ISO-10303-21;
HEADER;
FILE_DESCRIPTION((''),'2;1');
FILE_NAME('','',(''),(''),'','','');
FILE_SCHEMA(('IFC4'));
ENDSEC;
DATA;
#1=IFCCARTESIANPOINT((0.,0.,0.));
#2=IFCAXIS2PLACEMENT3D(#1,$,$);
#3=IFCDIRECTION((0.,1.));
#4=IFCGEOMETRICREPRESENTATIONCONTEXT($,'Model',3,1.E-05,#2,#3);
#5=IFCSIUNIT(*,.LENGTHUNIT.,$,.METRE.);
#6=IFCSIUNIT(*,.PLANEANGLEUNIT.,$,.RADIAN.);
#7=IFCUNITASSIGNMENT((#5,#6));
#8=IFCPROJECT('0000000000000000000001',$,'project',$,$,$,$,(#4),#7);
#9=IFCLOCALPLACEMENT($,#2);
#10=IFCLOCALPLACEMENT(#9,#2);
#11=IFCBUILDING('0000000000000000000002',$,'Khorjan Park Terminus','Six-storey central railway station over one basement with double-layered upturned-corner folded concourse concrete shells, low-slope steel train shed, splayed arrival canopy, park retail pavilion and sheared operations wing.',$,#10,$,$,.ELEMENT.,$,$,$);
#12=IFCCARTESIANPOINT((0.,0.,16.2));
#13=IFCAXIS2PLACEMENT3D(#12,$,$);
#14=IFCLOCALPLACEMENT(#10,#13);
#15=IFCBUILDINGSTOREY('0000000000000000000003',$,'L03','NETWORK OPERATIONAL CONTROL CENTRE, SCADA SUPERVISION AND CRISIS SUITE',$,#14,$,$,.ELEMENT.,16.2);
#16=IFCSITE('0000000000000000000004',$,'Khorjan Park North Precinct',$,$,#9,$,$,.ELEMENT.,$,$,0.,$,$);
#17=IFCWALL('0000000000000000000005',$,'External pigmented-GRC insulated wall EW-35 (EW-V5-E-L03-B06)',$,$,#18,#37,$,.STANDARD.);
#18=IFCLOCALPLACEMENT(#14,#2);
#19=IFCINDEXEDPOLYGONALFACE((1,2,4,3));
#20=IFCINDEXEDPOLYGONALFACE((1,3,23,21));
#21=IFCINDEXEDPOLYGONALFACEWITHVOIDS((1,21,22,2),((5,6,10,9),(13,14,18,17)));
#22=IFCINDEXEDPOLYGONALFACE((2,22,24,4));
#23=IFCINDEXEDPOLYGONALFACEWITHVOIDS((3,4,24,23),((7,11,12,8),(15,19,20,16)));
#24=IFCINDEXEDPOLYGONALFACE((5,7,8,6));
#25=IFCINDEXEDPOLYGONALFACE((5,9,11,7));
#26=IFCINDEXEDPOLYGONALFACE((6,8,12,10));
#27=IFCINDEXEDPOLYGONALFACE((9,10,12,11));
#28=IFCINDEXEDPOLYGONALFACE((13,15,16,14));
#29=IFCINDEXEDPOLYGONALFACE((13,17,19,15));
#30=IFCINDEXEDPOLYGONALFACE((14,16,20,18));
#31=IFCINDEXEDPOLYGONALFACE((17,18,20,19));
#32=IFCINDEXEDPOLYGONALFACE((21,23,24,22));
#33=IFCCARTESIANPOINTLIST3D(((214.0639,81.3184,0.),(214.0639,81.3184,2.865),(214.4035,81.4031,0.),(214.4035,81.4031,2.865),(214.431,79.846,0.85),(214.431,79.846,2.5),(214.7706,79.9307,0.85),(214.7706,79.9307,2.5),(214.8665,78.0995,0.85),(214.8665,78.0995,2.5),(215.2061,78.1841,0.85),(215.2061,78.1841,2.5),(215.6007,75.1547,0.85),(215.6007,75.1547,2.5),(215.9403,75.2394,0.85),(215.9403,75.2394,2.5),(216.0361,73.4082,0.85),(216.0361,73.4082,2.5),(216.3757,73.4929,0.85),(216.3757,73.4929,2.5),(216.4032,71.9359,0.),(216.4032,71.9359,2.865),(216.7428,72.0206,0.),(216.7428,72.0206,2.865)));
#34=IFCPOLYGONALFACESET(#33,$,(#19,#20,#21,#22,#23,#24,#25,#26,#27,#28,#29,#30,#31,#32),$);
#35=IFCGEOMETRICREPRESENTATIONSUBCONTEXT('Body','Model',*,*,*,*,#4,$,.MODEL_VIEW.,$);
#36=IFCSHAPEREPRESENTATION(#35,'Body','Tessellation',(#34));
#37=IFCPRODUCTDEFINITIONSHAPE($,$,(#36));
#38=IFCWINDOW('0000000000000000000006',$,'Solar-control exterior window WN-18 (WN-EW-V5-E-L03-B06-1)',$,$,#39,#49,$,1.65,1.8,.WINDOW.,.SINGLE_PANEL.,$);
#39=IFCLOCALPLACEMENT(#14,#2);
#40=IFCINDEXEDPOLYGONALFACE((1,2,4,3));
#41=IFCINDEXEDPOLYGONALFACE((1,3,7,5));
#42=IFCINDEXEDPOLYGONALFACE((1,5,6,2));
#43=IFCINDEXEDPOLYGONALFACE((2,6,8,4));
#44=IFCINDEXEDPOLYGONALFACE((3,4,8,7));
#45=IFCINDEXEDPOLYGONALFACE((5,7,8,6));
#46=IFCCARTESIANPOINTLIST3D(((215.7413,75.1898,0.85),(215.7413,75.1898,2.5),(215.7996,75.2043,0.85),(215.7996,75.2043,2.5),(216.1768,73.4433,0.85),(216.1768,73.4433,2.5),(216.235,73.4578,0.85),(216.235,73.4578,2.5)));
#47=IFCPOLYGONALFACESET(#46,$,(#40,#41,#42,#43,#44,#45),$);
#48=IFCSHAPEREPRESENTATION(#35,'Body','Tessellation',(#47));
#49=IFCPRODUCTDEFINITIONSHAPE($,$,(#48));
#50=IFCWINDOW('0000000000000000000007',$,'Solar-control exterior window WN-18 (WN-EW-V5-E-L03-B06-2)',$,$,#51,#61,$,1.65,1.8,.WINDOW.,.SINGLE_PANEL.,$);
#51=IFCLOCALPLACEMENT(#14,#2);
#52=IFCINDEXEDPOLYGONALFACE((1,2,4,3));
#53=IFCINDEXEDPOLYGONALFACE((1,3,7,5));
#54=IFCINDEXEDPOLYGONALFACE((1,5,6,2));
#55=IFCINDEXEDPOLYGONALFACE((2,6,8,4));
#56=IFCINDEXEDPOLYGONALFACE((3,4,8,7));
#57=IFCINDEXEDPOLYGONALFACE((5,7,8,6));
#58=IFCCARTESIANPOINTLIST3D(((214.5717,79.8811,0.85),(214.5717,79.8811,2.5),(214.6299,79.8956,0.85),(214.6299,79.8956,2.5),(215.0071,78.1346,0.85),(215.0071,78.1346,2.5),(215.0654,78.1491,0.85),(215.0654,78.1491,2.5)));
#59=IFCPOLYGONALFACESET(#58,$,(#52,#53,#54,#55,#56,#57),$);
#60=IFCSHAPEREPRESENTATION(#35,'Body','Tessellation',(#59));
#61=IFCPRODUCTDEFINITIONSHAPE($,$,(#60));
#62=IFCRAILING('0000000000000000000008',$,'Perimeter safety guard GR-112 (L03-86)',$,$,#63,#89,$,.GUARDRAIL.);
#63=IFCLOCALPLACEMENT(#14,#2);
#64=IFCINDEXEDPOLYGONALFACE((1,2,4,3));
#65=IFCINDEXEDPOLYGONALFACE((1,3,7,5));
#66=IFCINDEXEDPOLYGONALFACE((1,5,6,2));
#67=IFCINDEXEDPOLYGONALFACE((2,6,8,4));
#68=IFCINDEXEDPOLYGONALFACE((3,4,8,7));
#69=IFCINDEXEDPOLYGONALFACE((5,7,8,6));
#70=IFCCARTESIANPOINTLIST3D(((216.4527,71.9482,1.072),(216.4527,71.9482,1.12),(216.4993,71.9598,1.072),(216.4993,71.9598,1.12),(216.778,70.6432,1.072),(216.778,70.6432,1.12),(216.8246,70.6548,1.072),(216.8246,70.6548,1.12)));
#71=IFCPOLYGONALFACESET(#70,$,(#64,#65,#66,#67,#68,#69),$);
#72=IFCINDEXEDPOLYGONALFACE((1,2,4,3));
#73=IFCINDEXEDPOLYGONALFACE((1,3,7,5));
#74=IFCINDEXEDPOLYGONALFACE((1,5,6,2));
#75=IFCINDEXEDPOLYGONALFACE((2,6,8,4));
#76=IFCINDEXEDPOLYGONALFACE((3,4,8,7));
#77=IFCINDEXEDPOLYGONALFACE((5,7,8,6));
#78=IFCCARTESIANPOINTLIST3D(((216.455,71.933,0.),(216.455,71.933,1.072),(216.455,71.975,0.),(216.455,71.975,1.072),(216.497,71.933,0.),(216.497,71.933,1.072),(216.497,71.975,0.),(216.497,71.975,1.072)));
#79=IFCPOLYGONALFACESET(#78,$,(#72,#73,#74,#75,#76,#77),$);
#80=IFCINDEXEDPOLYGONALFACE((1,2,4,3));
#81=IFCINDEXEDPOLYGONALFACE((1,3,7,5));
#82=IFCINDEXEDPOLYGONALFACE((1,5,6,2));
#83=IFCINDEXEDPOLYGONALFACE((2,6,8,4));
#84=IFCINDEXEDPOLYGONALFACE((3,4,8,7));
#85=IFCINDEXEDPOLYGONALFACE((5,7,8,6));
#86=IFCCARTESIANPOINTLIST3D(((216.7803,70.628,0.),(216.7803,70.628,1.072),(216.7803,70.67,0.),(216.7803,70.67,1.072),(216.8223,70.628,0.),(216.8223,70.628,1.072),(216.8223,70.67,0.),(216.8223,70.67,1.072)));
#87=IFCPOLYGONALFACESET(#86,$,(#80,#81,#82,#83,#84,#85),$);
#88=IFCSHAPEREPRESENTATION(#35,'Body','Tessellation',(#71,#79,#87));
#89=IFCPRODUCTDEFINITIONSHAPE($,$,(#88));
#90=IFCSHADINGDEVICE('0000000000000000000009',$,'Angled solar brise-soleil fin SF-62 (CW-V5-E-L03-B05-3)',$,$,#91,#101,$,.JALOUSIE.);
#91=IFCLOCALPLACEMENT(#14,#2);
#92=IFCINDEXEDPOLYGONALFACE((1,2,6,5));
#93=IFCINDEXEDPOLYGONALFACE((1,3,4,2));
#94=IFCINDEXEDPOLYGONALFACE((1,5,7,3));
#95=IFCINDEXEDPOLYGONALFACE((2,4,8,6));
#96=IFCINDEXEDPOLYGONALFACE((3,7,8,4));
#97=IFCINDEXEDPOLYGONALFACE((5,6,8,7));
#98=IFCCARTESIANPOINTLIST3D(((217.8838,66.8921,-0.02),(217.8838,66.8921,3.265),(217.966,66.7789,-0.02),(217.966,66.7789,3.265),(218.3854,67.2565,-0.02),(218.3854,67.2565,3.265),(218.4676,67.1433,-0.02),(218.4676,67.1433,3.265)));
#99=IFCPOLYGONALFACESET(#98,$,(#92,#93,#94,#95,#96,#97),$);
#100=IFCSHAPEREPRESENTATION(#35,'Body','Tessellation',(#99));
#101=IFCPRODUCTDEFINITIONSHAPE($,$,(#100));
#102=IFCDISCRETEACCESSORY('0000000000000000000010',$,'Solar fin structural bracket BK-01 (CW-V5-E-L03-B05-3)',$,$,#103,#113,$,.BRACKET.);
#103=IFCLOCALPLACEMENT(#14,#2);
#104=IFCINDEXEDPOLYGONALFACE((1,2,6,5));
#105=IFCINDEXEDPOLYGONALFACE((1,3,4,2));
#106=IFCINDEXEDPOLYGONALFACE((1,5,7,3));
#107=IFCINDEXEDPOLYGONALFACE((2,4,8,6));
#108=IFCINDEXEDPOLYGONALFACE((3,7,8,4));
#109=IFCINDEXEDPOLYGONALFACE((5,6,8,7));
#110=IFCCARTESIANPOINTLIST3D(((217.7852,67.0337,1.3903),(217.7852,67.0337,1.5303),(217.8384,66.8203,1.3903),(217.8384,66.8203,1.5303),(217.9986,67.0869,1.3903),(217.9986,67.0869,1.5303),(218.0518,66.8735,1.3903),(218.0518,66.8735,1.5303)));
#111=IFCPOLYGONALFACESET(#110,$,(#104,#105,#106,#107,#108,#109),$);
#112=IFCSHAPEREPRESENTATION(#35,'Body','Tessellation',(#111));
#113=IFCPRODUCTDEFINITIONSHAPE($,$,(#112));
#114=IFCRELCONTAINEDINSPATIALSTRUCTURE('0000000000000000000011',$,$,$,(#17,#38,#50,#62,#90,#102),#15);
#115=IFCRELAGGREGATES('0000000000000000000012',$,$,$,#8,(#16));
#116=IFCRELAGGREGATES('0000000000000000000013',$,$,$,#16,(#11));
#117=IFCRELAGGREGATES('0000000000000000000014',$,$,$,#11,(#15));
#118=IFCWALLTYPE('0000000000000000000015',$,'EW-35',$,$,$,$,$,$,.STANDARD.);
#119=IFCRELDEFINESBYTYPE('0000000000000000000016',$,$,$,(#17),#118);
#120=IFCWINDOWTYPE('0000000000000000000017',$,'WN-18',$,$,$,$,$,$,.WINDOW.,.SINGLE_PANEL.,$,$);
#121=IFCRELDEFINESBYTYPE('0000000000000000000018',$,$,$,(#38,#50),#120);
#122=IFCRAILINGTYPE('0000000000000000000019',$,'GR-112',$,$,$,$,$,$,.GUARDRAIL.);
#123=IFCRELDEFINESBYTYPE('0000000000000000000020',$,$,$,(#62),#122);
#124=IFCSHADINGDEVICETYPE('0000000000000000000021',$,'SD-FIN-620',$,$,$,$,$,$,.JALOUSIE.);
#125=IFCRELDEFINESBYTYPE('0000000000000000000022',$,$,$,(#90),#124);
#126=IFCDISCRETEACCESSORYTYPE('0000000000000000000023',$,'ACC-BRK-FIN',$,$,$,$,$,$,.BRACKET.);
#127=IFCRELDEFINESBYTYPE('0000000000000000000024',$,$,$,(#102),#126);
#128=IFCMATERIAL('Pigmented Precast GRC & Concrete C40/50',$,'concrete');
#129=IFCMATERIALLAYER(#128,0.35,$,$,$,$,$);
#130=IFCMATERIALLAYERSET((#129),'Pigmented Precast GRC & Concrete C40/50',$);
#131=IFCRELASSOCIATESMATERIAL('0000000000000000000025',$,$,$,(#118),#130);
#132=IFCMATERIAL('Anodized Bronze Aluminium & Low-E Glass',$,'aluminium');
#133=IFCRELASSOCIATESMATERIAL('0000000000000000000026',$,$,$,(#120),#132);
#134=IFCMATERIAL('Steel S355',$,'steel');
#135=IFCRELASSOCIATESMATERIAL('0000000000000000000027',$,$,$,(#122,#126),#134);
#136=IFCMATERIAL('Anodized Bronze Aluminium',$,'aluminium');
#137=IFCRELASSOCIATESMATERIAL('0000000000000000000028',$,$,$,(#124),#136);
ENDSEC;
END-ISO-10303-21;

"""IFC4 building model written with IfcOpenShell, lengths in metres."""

from ifc_helpers import new_model, si_unit, direction, frame, frame_2d, origin, origin_2d, place, context, subcontext, project, spatial, rectangle, extrude, material, layer, layer_set, type_object, element, fill, save


model = new_model("IFC4")

# Units and contexts
model_context = context("Model", 3, precision=1e-05, world=origin(), true_north=direction((0.0, 1.0)))
body_context = subcontext(model_context, "Body", "Model", "MODEL_VIEW")
ifc_project = project(units=[si_unit("LENGTHUNIT", "METRE"), si_unit("PLANEANGLEUNIT", "RADIAN")], contexts=[model_context])

# Site, building, storey
site_placement = place(None, origin())
site = spatial("IfcSite", under=ifc_project, at=site_placement, Name="Khorjan Park North Precinct", CompositionType="ELEMENT", RefElevation=0.0)
building_placement = place(site_placement, origin())
building = spatial("IfcBuilding", under=site, at=building_placement, Name="Khorjan Park Terminus", Description="Six-storey central railway station over one basement with double-layered upturned-corner folded concourse concrete shells, low-slope steel train shed, splayed arrival canopy, park retail pavilion and sheared operations wing.", CompositionType="ELEMENT")
storey_placement = place(building_placement, frame((0.0, 0.0, 16.2)))
storey = spatial("IfcBuildingStorey", under=building, at=storey_placement, Name="L03", Description="NETWORK OPERATIONAL CONTROL CENTRE, SCADA SUPERVISION AND CRISIS SUITE", CompositionType="ELEMENT", Elevation=16.2)

# Shared definitions
ifc_material_1 = material(Name="Anodized Bronze Aluminium", Category="aluminium")

# Wall, openings, windows
ifc_material_2 = material(Name="Pigmented Precast GRC & Concrete C40/50", Category="concrete")
ifc_layer_1 = layer(ifc_material_2, 0.35)
ifc_layer_set_1 = layer_set([ifc_layer_1], Name="Pigmented Precast GRC & Concrete C40/50")
wall_type = type_object("IfcWallType", Name="EW-35", PredefinedType="STANDARD", material=ifc_layer_set_1)
wall_placement = place(storey_placement, frame((216.573, 71.9782, 0.0), z_axis=(0.0, 0.0, 1.0), x_axis=(-0.24192, 0.970296, 0.0)))
wall = element("IfcWall", 1, at=wall_placement, inside=storey, type_object=wall_type, Name="External pigmented-GRC insulated wall EW-35 (EW-V5-E-L03-B06)", PredefinedType="STANDARD", context=body_context, shape_type="SweptSolid", body=[
    extrude(rectangle(XDim=9.6697, YDim=0.35, at=frame_2d((4.8349, 0.0))), origin(), (0.0, 0.0, 1.0), 2.865),
])
opening_1_placement = place(wall_placement, frame((1.5174, 0.0, 0.85)))
opening_1 = element("IfcOpeningElement", 2, at=opening_1_placement, cuts=wall, PredefinedType="OPENING", context=body_context, shape_type="SweptSolid", body=[
    extrude(rectangle(XDim=1.8, YDim=1.65, at=frame_2d((0.9, 0.825))), frame((0.0, 0.185, 0.0), z_axis=(0.0, -1.0, 0.0), x_axis=(1.0, 0.0, 0.0)), (0.0, 0.0, 1.0), 0.37),
])
opening_2_placement = place(wall_placement, frame((6.3523, 0.0, 0.85)))
opening_2 = element("IfcOpeningElement", 3, at=opening_2_placement, cuts=wall, PredefinedType="OPENING", context=body_context, shape_type="SweptSolid", body=[
    extrude(rectangle(XDim=1.8, YDim=1.65, at=frame_2d((0.9, 0.825))), frame((0.0, 0.185, 0.0), z_axis=(0.0, -1.0, 0.0), x_axis=(1.0, 0.0, 0.0)), (0.0, 0.0, 1.0), 0.37),
])
ifc_material_3 = material(Name="Anodized Bronze Aluminium & Low-E Glass", Category="aluminium")
window_type = type_object("IfcWindowType", Name="WN-18", PartitioningType="SINGLE_PANEL", PredefinedType="WINDOW", material=ifc_material_3)
window_1_placement = place(opening_1_placement, origin())
window_1 = element("IfcWindow", 4, at=window_1_placement, inside=storey, type_object=window_type, Name="Solar-control exterior window WN-18 (WN-EW-V5-E-L03-B06-1)", OverallHeight=1.65, OverallWidth=1.8, PartitioningType="SINGLE_PANEL", PredefinedType="WINDOW", context=body_context, shape_type="SweptSolid", body=[
    extrude(rectangle(XDim=1.8, YDim=1.65, at=frame_2d((0.9, 0.825))), frame((0.0, 0.03, 0.0), z_axis=(0.0, -1.0, 0.0), x_axis=(1.0, 0.0, 0.0)), (0.0, 0.0, 1.0), 0.06),
])
fill(opening_1, window_1)
window_2_placement = place(opening_2_placement, origin())
window_2 = element("IfcWindow", 5, at=window_2_placement, inside=storey, type_object=window_type, Name="Solar-control exterior window WN-18 (WN-EW-V5-E-L03-B06-2)", OverallHeight=1.65, OverallWidth=1.8, PartitioningType="SINGLE_PANEL", PredefinedType="WINDOW", context=body_context, shape_type="SweptSolid", body=[
    extrude(rectangle(XDim=1.8, YDim=1.65, at=frame_2d((0.9, 0.825))), frame((0.0, 0.03, 0.0), z_axis=(0.0, -1.0, 0.0), x_axis=(1.0, 0.0, 0.0)), (0.0, 0.0, 1.0), 0.06),
])
fill(opening_2, window_2)

# Railing
ifc_material_4 = material(Name="Steel S355", Category="steel")
railing_type = type_object("IfcRailingType", Name="GR-112", PredefinedType="GUARDRAIL", material=ifc_material_4)
railing_placement = place(storey_placement, frame((216.476, 71.954, 0.0)))
element("IfcRailing", 6, at=railing_placement, inside=storey, type_object=railing_type, Name="Perimeter safety guard GR-112 (L03-86)", PredefinedType="GUARDRAIL", context=body_context, shape_type="SweptSolid", body=[
    extrude(rectangle(XDim=0.048, YDim=0.048, at=origin_2d()), frame((0.0, 0.0, 1.096), z_axis=(0.241871, -0.970308, 0.0), x_axis=(0.970308, 0.241871, 0.0)), (0.0, 0.0, 1.0), 1.3449),
    extrude(rectangle(XDim=0.042, YDim=0.042, at=origin_2d()), origin(), (0.0, 0.0, 1.0), 1.072),
    extrude(rectangle(XDim=0.042, YDim=0.042, at=origin_2d()), frame((0.3253, -1.305, 0.0)), (0.0, 0.0, 1.0), 1.072),
])

# Shading device
shading_device_type = type_object("IfcShadingDeviceType", Name="SD-FIN-620", PredefinedType="JALOUSIE", material=ifc_material_1)
shading_device_placement = place(storey_placement, frame((218.1757, 67.0177, -0.02), z_axis=(0.0, 0.0, 1.0), x_axis=(-0.809017, -0.587785, 0.0)))
element("IfcShadingDevice", 7, at=shading_device_placement, inside=storey, type_object=shading_device_type, Name="Angled solar brise-soleil fin SF-62 (CW-V5-E-L03-B05-3)", PredefinedType="JALOUSIE", context=body_context, shape_type="SweptSolid", body=[
    extrude(rectangle(XDim=0.62, YDim=0.14, at=origin_2d()), origin(), (0.0, 0.0, 1.0), 3.285),
])

# Discrete accessory
discrete_accessory_type = type_object("IfcDiscreteAccessoryType", Name="ACC-BRK-FIN", PredefinedType="BRACKET", material=ifc_material_4)
discrete_accessory_placement = place(storey_placement, frame((217.9185, 66.9536, 1.3903), z_axis=(0.0, 0.0, 1.0), x_axis=(-0.241935, 0.970292, 0.0)))
element("IfcDiscreteAccessory", 8, at=discrete_accessory_placement, inside=storey, type_object=discrete_accessory_type, Name="Solar fin structural bracket BK-01 (CW-V5-E-L03-B05-3)", PredefinedType="BRACKET", context=body_context, shape_type="SweptSolid", body=[
    extrude(rectangle(XDim=0.22, YDim=0.22, at=origin_2d()), origin(), (0.0, 0.0, 1.0), 0.14),
])

save(model, "model.ifc")
